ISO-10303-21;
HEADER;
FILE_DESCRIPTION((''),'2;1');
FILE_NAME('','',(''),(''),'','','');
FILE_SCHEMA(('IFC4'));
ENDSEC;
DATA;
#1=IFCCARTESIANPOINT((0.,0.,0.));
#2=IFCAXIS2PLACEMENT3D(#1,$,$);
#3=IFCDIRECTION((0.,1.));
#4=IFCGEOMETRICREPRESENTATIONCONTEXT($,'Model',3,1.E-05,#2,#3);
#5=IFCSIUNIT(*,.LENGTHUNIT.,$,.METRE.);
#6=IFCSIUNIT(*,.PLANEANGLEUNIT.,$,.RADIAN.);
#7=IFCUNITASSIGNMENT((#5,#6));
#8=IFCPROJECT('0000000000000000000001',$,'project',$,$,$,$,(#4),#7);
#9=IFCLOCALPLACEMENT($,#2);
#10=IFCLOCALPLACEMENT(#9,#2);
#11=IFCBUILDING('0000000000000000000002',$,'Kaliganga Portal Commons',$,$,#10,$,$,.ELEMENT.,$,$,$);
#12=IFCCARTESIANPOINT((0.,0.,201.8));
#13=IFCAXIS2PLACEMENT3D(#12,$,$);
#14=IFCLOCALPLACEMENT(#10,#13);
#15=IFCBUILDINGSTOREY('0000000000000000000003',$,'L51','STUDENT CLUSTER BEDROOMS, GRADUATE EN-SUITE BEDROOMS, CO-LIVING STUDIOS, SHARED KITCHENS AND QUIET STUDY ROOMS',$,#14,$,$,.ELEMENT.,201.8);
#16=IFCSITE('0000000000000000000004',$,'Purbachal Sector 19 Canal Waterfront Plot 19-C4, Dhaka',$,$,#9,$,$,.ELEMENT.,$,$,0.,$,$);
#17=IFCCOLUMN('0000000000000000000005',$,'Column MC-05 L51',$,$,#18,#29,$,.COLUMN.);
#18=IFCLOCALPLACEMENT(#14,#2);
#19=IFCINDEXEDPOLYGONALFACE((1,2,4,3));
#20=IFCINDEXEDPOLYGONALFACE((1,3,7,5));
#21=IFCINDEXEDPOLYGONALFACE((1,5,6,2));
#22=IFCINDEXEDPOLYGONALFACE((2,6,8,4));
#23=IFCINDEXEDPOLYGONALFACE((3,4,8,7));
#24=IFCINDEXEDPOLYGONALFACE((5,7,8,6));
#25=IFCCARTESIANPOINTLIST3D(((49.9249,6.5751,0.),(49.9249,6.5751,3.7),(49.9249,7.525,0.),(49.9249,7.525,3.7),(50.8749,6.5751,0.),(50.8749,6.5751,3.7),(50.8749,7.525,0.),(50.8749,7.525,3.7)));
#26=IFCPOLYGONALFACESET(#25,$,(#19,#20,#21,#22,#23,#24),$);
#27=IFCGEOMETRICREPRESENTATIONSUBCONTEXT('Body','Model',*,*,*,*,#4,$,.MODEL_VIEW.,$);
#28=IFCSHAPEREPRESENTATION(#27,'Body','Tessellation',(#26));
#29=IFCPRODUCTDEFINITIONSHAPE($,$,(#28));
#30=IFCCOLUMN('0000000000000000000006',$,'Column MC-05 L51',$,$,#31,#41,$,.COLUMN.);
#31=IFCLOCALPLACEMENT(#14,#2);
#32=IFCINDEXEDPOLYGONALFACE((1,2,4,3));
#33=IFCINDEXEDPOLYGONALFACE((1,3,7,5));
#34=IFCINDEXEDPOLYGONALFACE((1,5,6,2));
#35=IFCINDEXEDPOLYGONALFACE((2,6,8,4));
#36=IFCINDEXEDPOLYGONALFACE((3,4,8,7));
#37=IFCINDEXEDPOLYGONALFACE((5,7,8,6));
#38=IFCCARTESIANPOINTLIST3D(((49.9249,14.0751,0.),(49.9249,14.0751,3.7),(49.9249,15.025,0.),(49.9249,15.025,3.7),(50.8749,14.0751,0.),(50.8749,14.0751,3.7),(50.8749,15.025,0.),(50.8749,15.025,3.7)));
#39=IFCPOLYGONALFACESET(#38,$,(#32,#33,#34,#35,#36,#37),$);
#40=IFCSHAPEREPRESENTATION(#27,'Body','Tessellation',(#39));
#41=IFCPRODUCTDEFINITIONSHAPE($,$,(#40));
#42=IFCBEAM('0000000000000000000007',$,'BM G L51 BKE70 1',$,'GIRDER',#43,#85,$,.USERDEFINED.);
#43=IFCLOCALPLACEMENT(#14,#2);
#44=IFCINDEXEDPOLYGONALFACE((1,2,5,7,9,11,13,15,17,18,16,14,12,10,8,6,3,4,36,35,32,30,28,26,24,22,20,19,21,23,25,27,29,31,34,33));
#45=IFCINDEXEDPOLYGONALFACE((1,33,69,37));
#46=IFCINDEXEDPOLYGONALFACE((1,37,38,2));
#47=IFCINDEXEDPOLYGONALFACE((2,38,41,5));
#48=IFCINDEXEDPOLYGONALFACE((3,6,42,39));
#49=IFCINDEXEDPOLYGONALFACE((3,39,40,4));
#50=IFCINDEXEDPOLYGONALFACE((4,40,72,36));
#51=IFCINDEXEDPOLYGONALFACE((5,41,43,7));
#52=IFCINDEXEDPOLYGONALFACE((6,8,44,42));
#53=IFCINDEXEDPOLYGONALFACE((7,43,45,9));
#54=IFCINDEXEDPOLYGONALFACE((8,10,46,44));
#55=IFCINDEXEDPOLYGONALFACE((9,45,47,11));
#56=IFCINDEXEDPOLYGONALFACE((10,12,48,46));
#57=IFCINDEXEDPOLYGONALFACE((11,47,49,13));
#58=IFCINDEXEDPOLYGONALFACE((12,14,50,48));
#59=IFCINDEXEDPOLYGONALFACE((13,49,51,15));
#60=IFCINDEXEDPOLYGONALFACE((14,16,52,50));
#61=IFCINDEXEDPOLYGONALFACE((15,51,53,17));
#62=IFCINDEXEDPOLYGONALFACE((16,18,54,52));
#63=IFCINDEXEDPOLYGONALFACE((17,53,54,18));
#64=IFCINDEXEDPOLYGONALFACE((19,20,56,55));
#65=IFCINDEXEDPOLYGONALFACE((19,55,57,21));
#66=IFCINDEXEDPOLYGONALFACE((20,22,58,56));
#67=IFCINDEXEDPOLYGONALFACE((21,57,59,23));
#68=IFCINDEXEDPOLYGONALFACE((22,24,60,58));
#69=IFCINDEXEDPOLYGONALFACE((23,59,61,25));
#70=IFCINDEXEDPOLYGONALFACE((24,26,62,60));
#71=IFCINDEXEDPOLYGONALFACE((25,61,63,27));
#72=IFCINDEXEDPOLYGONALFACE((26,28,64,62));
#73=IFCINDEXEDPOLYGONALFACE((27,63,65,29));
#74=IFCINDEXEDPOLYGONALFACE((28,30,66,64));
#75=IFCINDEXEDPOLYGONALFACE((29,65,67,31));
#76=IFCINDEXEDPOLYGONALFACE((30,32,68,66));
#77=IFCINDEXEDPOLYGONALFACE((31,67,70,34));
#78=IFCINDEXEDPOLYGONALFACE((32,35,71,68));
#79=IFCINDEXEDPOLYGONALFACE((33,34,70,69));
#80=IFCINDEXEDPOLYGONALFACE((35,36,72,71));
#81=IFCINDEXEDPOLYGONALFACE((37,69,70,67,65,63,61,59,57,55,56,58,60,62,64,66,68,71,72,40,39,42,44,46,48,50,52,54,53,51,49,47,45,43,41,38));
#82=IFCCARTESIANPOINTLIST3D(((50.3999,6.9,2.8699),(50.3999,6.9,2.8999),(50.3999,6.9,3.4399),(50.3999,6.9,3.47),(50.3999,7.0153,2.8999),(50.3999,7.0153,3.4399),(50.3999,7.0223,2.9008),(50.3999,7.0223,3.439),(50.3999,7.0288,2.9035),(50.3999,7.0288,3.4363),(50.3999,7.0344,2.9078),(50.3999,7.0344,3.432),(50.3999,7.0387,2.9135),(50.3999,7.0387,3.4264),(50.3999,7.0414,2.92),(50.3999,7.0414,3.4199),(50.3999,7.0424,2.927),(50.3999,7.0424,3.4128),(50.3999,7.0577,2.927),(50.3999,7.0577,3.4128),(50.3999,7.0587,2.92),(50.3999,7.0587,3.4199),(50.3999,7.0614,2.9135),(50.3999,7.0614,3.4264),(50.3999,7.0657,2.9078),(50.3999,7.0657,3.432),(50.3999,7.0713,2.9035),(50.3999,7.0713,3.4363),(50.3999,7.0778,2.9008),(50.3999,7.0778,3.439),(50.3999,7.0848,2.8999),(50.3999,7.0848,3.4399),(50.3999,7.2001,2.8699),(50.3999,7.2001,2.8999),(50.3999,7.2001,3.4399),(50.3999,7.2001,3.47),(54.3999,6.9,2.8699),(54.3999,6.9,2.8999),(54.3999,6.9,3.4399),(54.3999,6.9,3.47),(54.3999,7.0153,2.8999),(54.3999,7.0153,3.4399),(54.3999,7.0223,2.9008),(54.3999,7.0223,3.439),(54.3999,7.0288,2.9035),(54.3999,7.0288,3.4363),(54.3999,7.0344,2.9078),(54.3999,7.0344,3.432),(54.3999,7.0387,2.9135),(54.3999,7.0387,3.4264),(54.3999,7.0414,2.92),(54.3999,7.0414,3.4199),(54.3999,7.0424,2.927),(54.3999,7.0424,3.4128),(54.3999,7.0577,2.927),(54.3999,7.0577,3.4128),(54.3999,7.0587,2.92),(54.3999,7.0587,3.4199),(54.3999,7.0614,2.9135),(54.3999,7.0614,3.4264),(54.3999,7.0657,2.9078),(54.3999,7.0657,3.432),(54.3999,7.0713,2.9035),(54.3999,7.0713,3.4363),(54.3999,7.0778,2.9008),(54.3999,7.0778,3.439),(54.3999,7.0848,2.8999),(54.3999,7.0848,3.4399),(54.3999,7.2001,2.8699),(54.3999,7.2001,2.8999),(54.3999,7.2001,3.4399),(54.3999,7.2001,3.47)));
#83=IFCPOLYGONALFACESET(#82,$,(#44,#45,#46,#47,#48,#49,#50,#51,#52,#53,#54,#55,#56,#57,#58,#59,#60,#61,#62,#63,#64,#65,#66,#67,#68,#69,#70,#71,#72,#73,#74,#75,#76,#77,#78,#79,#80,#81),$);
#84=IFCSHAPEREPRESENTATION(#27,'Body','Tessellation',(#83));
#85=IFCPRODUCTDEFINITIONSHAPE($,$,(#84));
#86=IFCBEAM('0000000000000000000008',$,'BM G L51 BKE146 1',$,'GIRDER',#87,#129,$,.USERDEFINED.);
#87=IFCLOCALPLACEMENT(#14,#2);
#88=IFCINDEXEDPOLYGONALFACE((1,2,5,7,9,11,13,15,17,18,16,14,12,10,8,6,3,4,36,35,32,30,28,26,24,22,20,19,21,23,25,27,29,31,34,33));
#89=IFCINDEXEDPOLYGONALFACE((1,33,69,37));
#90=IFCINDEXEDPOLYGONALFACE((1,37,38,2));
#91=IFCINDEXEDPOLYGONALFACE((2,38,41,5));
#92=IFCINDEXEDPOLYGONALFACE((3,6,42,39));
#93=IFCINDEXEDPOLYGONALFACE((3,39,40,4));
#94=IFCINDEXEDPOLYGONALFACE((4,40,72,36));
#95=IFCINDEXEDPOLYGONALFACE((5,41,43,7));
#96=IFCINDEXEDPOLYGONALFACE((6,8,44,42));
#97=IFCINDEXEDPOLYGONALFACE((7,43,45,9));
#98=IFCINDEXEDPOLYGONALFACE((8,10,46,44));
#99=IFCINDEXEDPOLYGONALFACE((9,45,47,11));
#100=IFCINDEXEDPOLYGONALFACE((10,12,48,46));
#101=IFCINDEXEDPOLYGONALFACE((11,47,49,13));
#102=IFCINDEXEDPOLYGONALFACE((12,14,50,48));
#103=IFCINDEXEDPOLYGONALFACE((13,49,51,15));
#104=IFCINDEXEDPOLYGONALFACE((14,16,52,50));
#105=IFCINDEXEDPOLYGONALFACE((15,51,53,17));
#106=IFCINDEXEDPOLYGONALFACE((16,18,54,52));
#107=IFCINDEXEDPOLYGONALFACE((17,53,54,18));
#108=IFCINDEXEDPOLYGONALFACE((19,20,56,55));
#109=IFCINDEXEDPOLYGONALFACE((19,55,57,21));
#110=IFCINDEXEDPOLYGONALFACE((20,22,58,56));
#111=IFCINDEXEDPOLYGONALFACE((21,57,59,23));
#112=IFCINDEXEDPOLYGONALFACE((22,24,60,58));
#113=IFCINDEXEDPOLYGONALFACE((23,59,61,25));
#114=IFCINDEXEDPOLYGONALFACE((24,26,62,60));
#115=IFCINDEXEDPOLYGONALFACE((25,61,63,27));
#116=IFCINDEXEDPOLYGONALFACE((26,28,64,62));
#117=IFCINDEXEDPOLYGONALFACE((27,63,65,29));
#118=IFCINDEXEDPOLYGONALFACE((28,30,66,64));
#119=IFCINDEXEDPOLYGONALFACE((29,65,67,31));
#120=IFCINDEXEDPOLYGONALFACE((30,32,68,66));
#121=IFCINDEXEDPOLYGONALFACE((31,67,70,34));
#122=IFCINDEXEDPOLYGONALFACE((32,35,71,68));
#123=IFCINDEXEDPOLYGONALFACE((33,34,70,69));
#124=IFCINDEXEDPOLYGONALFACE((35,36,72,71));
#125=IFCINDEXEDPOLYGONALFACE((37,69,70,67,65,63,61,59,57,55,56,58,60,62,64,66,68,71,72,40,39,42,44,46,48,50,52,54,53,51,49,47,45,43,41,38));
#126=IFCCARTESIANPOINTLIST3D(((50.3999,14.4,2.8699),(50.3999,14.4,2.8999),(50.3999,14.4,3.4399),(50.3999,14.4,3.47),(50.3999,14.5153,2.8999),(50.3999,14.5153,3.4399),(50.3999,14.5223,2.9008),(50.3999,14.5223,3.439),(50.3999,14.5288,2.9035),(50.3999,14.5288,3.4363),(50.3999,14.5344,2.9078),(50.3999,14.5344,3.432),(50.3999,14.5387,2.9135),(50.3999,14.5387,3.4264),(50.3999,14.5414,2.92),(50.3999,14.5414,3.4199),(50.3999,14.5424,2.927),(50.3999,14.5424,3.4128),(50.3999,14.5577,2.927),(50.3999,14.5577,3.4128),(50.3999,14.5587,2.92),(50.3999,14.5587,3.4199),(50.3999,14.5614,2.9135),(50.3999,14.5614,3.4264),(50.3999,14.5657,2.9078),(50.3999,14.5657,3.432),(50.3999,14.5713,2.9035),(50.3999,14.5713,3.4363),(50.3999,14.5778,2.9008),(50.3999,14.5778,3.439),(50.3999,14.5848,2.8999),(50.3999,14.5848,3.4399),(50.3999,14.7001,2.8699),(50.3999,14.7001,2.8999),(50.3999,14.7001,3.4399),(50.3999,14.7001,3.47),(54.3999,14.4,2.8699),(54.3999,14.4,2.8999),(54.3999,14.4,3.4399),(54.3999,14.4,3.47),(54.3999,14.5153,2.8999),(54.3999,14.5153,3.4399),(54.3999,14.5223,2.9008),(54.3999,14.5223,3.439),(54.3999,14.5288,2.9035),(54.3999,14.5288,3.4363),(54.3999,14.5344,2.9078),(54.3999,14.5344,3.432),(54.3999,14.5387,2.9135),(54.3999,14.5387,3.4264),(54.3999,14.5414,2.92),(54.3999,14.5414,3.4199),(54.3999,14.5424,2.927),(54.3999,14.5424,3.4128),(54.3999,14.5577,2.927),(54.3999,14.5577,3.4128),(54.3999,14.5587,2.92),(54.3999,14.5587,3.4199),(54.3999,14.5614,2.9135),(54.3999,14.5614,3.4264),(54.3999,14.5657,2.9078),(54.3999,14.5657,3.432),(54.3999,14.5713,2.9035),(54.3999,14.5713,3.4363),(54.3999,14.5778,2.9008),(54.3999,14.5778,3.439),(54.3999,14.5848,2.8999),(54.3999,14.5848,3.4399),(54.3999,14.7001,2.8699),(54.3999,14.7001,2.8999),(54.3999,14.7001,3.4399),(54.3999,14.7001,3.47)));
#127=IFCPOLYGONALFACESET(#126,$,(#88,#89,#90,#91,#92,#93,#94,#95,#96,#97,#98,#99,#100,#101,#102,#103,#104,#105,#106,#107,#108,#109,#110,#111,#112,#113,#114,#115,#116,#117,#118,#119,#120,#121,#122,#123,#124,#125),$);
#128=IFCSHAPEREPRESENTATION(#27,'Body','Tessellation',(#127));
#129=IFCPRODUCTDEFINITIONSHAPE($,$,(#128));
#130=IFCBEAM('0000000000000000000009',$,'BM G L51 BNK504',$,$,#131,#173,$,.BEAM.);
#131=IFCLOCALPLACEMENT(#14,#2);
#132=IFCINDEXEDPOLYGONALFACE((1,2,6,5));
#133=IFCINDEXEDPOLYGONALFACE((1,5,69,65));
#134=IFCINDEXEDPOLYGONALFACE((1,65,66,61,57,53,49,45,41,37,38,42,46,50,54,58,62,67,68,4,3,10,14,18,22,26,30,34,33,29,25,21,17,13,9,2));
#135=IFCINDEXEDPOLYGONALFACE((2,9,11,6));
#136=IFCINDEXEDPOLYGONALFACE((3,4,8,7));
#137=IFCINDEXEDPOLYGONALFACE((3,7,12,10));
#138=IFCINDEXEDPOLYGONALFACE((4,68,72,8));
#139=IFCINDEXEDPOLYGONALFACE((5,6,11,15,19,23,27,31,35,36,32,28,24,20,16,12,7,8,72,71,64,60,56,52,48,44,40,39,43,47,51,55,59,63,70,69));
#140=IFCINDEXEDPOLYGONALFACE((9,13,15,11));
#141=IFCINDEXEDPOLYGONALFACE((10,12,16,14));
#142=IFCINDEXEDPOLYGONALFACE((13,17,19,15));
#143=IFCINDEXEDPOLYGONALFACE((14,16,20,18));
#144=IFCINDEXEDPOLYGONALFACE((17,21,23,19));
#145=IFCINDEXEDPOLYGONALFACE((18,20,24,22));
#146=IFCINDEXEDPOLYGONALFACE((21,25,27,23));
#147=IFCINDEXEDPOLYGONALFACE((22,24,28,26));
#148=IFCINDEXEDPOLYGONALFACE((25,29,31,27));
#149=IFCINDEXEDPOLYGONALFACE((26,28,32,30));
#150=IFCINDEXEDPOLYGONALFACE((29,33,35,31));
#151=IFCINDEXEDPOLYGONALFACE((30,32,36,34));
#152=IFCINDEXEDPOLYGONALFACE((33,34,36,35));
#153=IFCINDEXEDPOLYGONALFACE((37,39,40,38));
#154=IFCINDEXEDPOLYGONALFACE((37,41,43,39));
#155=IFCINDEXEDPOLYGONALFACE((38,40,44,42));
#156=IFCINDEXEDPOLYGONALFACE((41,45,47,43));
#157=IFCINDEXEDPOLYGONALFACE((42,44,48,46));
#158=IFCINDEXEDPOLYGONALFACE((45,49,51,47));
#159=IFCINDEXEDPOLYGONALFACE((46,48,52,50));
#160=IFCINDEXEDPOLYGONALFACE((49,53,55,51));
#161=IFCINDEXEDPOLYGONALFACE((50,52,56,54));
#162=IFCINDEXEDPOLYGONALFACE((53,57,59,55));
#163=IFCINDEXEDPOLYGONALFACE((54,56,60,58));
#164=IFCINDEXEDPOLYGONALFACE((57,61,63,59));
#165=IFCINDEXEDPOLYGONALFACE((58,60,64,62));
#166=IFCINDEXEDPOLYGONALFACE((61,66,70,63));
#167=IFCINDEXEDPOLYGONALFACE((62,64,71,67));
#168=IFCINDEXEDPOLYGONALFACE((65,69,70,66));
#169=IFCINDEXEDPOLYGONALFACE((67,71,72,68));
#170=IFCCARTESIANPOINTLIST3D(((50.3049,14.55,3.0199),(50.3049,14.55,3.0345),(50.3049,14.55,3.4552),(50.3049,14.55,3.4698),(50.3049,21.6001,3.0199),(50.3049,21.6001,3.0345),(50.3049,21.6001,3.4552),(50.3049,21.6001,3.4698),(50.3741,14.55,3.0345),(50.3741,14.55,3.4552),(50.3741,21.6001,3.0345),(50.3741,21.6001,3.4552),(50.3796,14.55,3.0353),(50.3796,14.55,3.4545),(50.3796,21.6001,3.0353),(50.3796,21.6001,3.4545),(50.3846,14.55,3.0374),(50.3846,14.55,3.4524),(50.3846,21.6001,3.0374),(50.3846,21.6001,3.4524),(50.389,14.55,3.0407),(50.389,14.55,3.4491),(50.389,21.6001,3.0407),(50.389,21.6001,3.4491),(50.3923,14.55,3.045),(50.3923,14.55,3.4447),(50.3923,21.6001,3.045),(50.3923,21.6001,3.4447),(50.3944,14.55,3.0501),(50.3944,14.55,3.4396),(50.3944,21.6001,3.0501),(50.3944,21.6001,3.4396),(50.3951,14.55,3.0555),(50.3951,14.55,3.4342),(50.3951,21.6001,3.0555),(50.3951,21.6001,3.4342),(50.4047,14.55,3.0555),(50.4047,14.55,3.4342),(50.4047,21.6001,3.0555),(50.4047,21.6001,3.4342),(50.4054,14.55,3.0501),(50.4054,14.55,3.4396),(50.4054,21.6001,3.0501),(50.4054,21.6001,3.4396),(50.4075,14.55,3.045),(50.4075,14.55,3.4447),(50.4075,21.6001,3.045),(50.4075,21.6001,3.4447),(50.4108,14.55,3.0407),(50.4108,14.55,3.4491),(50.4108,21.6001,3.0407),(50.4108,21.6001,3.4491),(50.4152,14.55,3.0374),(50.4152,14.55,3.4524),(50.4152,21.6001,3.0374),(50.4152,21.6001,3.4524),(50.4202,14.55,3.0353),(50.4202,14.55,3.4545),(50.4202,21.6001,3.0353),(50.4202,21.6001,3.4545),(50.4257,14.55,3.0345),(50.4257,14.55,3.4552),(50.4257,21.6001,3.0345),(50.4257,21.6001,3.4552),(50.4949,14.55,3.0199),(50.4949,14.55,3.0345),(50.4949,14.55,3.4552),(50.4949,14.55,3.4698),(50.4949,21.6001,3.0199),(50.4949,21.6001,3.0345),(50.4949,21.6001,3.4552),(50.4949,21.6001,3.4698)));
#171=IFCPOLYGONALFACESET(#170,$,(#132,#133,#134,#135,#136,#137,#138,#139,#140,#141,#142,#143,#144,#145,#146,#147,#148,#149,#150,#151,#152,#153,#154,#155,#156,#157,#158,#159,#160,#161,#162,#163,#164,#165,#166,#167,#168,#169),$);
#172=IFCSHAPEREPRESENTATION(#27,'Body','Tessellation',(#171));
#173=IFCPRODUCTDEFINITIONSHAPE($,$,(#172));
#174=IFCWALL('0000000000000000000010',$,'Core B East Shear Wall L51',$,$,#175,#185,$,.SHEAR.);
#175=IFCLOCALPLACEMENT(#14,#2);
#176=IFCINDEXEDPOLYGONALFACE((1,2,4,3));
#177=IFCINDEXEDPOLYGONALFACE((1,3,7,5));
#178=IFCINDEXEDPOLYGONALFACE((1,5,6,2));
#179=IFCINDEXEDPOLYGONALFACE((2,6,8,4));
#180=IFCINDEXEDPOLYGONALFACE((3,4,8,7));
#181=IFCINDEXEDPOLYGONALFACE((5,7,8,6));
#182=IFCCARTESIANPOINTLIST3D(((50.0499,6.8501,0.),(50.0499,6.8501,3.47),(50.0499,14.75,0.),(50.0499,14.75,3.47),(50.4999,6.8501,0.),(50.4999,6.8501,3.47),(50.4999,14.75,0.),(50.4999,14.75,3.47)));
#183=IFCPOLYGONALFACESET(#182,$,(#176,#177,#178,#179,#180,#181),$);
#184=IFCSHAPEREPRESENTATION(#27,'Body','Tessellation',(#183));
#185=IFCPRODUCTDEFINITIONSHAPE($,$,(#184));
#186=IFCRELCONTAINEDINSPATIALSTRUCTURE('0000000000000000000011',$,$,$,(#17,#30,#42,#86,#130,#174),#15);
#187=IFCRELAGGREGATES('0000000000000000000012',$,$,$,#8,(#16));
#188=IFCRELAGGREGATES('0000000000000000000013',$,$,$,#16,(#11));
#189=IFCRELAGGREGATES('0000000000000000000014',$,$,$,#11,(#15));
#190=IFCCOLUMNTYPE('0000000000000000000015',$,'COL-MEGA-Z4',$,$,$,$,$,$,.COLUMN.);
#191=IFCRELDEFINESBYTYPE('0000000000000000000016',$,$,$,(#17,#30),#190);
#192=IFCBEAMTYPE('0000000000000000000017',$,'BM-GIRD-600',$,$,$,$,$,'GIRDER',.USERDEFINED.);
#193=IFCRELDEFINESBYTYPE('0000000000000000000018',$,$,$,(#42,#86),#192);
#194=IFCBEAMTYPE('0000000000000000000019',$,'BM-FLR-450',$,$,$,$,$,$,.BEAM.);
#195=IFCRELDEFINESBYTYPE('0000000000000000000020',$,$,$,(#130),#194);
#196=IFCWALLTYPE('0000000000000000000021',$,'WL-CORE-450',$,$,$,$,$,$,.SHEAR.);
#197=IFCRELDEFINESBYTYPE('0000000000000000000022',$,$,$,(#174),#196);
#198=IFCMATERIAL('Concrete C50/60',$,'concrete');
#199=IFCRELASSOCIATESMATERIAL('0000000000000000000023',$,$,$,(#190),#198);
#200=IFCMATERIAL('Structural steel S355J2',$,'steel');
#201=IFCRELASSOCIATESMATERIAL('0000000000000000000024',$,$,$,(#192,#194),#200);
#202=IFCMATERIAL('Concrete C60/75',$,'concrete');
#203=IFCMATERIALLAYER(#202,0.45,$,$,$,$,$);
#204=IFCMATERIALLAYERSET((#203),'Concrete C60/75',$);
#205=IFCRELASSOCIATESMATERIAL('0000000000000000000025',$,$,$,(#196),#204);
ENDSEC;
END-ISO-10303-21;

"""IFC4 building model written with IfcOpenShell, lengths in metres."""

from ifc_helpers import new_model, si_unit, direction, frame, frame_2d, origin, origin_2d, place, context, subcontext, project, spatial, rectangle, i_section, extrude, source, transform, mapped, material, layer, layer_set, material_profile, profile_set, type_object, element, save


model = new_model("IFC4")

# Units and contexts
model_context = context("Model", 3, precision=1e-05, world=origin(), true_north=direction((0.0, 1.0)))
body_context = subcontext(model_context, "Body", "Model", "MODEL_VIEW")
ifc_project = project(units=[si_unit("LENGTHUNIT", "METRE"), si_unit("PLANEANGLEUNIT", "RADIAN")], contexts=[model_context])

# Site, building, storey
site_placement = place(None, origin())
site = spatial("IfcSite", under=ifc_project, at=site_placement, Name="Purbachal Sector 19 Canal Waterfront Plot 19-C4, Dhaka", CompositionType="ELEMENT", RefElevation=0.0)
building_placement = place(site_placement, origin())
building = spatial("IfcBuilding", under=site, at=building_placement, Name="Kaliganga Portal Commons", CompositionType="ELEMENT")
storey_placement = place(building_placement, frame((0.0, 0.0, 201.8)))
storey = spatial("IfcBuildingStorey", under=building, at=storey_placement, Name="L51", Description="STUDENT CLUSTER BEDROOMS, GRADUATE EN-SUITE BEDROOMS, CO-LIVING STUDIOS, SHARED KITCHENS AND QUIET STUDY ROOMS", CompositionType="ELEMENT", Elevation=201.8)

# Columns
ifc_material_1 = material(Name="Concrete C50/60", Category="concrete")
ifc_material_profile_1 = material_profile(ifc_material_1, rectangle(XDim=0.95, YDim=0.95, at=origin_2d()), Name="RC 950x950")
ifc_profile_set_1 = profile_set([ifc_material_profile_1], Name="Concrete C50/60")
column_type = type_object("IfcColumnType", Name="COL-MEGA-Z4", PredefinedType="COLUMN", material=ifc_profile_set_1)
shared_shape_1 = source(origin(), body_context, "Body", "SweptSolid", [
    extrude(rectangle(XDim=0.95, YDim=0.95, at=origin_2d()), origin(), (0.0, 0.0, 1.0), 3.7),
])
for number, where, z_axis, x_axis, name in (
    (1, (50.3999, 7.05, 0.0), (0.0, 0.0, 1.0), (1.0, 0.0, 0.0), "Column MC-05 L51"),
    (2, (50.3999, 14.55, 0.0), (0.0, 0.0, 1.0), (1.0, 0.0, 0.0), "Column MC-05 L51"),
):
    element("IfcColumn", number, at=place(storey_placement, frame(where, z_axis=z_axis, x_axis=x_axis)), inside=storey, type_object=column_type, Name=name, PredefinedType="COLUMN", context=body_context, shape_type="MappedRepresentation", body=[
        mapped(shared_shape_1, transform((0.0, 0.0, 0.0), x_axis=(1.0, 0.0, 0.0), y_axis=(0.0, 1.0, 0.0), z_axis=(0.0, 0.0, 1.0), scale=1.0)),
    ])

# Beams
ifc_material_2 = material(Name="Structural steel S355J2", Category="steel")
ifc_material_profile_2 = material_profile(ifc_material_2, i_section(OverallWidth=0.3, OverallDepth=0.6001, WebThickness=0.0154, FlangeThickness=0.03, FilletRadius=0.0271, at=origin_2d()), Name="HE 600 B")
ifc_profile_set_2 = profile_set([ifc_material_profile_2], Name="Structural steel S355J2 wide-flange")
beam_type_1 = type_object("IfcBeamType", Name="BM-GIRD-600", ElementType="GIRDER", PredefinedType="USERDEFINED", material=ifc_profile_set_2)
shared_shape_2 = source(origin(), body_context, "Body", "SweptSolid", [
    extrude(i_section(OverallWidth=0.3, OverallDepth=0.6001, WebThickness=0.0154, FlangeThickness=0.03, FilletRadius=0.0271, at=origin_2d()), origin(), (0.0, 0.0, 1.0), 4.0),
])
for number, where, z_axis, x_axis, name in (
    (3, (50.3999, 7.05, 3.1699), (1.0, 0.0, 0.0), (0.0, 1.0, 0.0), "BM G L51 BKE70 1"),
    (4, (50.3999, 14.55, 3.1699), (1.0, 0.0, 0.0), (0.0, 1.0, 0.0), "BM G L51 BKE146 1"),
):
    element("IfcBeam", number, at=place(storey_placement, frame(where, z_axis=z_axis, x_axis=x_axis)), inside=storey, type_object=beam_type_1, Name=name, ObjectType="GIRDER", PredefinedType="USERDEFINED", context=body_context, shape_type="MappedRepresentation", body=[
        mapped(shared_shape_2, transform((0.0, 0.0, 0.0), x_axis=(1.0, 0.0, 0.0), y_axis=(0.0, 1.0, 0.0), z_axis=(0.0, 0.0, 1.0), scale=1.0)),
    ])
ifc_material_profile_3 = material_profile(ifc_material_2, i_section(OverallWidth=0.1899, OverallDepth=0.45, WebThickness=0.0095, FlangeThickness=0.0146, FilletRadius=0.021, at=origin_2d()), Name="IPE 450")
ifc_profile_set_3 = profile_set([ifc_material_profile_3], Name="Structural steel S355J2 wide-flange")
beam_type_2 = type_object("IfcBeamType", Name="BM-FLR-450", PredefinedType="BEAM", material=ifc_profile_set_3)
shared_shape_3 = source(origin(), body_context, "Body", "SweptSolid", [
    extrude(i_section(OverallWidth=0.1899, OverallDepth=0.45, WebThickness=0.0095, FlangeThickness=0.0146, FilletRadius=0.021, at=origin_2d()), origin(), (0.0, 0.0, 1.0), 7.05),
])
beam_placement = place(storey_placement, frame((50.3999, 14.55, 3.2449), z_axis=(0.0, 1.0, 0.0), x_axis=(-1.0, 0.0, 0.0)))
element("IfcBeam", 5, at=beam_placement, inside=storey, type_object=beam_type_2, Name="BM G L51 BNK504", PredefinedType="BEAM", context=body_context, shape_type="MappedRepresentation", body=[
    mapped(shared_shape_3, transform((0.0, 0.0, 0.0), x_axis=(1.0, 0.0, 0.0), y_axis=(0.0, 1.0, 0.0), z_axis=(0.0, 0.0, 1.0), scale=1.0)),
])

# Wall
ifc_material_3 = material(Name="Concrete C60/75", Category="concrete")
ifc_layer_1 = layer(ifc_material_3, 0.45)
ifc_layer_set_1 = layer_set([ifc_layer_1], Name="Concrete C60/75")
wall_type_1 = type_object("IfcWallType", Name="WL-CORE-450", PredefinedType="SHEAR", material=ifc_layer_set_1)
wall_1_placement = place(storey_placement, frame((50.2749, 6.8501, 0.0), z_axis=(0.0, 0.0, 1.0), x_axis=(0.0, 1.0, 0.0)))
element("IfcWall", 6, at=wall_1_placement, inside=storey, type_object=wall_type_1, Name="Core B East Shear Wall L51", PredefinedType="SHEAR", context=body_context, shape_type="SweptSolid", body=[
    extrude(rectangle(XDim=7.8999, YDim=0.45, at=frame_2d((3.95, 0.0))), origin(), (0.0, 0.0, 1.0), 3.47),
])

save(model, "model.ifc")
